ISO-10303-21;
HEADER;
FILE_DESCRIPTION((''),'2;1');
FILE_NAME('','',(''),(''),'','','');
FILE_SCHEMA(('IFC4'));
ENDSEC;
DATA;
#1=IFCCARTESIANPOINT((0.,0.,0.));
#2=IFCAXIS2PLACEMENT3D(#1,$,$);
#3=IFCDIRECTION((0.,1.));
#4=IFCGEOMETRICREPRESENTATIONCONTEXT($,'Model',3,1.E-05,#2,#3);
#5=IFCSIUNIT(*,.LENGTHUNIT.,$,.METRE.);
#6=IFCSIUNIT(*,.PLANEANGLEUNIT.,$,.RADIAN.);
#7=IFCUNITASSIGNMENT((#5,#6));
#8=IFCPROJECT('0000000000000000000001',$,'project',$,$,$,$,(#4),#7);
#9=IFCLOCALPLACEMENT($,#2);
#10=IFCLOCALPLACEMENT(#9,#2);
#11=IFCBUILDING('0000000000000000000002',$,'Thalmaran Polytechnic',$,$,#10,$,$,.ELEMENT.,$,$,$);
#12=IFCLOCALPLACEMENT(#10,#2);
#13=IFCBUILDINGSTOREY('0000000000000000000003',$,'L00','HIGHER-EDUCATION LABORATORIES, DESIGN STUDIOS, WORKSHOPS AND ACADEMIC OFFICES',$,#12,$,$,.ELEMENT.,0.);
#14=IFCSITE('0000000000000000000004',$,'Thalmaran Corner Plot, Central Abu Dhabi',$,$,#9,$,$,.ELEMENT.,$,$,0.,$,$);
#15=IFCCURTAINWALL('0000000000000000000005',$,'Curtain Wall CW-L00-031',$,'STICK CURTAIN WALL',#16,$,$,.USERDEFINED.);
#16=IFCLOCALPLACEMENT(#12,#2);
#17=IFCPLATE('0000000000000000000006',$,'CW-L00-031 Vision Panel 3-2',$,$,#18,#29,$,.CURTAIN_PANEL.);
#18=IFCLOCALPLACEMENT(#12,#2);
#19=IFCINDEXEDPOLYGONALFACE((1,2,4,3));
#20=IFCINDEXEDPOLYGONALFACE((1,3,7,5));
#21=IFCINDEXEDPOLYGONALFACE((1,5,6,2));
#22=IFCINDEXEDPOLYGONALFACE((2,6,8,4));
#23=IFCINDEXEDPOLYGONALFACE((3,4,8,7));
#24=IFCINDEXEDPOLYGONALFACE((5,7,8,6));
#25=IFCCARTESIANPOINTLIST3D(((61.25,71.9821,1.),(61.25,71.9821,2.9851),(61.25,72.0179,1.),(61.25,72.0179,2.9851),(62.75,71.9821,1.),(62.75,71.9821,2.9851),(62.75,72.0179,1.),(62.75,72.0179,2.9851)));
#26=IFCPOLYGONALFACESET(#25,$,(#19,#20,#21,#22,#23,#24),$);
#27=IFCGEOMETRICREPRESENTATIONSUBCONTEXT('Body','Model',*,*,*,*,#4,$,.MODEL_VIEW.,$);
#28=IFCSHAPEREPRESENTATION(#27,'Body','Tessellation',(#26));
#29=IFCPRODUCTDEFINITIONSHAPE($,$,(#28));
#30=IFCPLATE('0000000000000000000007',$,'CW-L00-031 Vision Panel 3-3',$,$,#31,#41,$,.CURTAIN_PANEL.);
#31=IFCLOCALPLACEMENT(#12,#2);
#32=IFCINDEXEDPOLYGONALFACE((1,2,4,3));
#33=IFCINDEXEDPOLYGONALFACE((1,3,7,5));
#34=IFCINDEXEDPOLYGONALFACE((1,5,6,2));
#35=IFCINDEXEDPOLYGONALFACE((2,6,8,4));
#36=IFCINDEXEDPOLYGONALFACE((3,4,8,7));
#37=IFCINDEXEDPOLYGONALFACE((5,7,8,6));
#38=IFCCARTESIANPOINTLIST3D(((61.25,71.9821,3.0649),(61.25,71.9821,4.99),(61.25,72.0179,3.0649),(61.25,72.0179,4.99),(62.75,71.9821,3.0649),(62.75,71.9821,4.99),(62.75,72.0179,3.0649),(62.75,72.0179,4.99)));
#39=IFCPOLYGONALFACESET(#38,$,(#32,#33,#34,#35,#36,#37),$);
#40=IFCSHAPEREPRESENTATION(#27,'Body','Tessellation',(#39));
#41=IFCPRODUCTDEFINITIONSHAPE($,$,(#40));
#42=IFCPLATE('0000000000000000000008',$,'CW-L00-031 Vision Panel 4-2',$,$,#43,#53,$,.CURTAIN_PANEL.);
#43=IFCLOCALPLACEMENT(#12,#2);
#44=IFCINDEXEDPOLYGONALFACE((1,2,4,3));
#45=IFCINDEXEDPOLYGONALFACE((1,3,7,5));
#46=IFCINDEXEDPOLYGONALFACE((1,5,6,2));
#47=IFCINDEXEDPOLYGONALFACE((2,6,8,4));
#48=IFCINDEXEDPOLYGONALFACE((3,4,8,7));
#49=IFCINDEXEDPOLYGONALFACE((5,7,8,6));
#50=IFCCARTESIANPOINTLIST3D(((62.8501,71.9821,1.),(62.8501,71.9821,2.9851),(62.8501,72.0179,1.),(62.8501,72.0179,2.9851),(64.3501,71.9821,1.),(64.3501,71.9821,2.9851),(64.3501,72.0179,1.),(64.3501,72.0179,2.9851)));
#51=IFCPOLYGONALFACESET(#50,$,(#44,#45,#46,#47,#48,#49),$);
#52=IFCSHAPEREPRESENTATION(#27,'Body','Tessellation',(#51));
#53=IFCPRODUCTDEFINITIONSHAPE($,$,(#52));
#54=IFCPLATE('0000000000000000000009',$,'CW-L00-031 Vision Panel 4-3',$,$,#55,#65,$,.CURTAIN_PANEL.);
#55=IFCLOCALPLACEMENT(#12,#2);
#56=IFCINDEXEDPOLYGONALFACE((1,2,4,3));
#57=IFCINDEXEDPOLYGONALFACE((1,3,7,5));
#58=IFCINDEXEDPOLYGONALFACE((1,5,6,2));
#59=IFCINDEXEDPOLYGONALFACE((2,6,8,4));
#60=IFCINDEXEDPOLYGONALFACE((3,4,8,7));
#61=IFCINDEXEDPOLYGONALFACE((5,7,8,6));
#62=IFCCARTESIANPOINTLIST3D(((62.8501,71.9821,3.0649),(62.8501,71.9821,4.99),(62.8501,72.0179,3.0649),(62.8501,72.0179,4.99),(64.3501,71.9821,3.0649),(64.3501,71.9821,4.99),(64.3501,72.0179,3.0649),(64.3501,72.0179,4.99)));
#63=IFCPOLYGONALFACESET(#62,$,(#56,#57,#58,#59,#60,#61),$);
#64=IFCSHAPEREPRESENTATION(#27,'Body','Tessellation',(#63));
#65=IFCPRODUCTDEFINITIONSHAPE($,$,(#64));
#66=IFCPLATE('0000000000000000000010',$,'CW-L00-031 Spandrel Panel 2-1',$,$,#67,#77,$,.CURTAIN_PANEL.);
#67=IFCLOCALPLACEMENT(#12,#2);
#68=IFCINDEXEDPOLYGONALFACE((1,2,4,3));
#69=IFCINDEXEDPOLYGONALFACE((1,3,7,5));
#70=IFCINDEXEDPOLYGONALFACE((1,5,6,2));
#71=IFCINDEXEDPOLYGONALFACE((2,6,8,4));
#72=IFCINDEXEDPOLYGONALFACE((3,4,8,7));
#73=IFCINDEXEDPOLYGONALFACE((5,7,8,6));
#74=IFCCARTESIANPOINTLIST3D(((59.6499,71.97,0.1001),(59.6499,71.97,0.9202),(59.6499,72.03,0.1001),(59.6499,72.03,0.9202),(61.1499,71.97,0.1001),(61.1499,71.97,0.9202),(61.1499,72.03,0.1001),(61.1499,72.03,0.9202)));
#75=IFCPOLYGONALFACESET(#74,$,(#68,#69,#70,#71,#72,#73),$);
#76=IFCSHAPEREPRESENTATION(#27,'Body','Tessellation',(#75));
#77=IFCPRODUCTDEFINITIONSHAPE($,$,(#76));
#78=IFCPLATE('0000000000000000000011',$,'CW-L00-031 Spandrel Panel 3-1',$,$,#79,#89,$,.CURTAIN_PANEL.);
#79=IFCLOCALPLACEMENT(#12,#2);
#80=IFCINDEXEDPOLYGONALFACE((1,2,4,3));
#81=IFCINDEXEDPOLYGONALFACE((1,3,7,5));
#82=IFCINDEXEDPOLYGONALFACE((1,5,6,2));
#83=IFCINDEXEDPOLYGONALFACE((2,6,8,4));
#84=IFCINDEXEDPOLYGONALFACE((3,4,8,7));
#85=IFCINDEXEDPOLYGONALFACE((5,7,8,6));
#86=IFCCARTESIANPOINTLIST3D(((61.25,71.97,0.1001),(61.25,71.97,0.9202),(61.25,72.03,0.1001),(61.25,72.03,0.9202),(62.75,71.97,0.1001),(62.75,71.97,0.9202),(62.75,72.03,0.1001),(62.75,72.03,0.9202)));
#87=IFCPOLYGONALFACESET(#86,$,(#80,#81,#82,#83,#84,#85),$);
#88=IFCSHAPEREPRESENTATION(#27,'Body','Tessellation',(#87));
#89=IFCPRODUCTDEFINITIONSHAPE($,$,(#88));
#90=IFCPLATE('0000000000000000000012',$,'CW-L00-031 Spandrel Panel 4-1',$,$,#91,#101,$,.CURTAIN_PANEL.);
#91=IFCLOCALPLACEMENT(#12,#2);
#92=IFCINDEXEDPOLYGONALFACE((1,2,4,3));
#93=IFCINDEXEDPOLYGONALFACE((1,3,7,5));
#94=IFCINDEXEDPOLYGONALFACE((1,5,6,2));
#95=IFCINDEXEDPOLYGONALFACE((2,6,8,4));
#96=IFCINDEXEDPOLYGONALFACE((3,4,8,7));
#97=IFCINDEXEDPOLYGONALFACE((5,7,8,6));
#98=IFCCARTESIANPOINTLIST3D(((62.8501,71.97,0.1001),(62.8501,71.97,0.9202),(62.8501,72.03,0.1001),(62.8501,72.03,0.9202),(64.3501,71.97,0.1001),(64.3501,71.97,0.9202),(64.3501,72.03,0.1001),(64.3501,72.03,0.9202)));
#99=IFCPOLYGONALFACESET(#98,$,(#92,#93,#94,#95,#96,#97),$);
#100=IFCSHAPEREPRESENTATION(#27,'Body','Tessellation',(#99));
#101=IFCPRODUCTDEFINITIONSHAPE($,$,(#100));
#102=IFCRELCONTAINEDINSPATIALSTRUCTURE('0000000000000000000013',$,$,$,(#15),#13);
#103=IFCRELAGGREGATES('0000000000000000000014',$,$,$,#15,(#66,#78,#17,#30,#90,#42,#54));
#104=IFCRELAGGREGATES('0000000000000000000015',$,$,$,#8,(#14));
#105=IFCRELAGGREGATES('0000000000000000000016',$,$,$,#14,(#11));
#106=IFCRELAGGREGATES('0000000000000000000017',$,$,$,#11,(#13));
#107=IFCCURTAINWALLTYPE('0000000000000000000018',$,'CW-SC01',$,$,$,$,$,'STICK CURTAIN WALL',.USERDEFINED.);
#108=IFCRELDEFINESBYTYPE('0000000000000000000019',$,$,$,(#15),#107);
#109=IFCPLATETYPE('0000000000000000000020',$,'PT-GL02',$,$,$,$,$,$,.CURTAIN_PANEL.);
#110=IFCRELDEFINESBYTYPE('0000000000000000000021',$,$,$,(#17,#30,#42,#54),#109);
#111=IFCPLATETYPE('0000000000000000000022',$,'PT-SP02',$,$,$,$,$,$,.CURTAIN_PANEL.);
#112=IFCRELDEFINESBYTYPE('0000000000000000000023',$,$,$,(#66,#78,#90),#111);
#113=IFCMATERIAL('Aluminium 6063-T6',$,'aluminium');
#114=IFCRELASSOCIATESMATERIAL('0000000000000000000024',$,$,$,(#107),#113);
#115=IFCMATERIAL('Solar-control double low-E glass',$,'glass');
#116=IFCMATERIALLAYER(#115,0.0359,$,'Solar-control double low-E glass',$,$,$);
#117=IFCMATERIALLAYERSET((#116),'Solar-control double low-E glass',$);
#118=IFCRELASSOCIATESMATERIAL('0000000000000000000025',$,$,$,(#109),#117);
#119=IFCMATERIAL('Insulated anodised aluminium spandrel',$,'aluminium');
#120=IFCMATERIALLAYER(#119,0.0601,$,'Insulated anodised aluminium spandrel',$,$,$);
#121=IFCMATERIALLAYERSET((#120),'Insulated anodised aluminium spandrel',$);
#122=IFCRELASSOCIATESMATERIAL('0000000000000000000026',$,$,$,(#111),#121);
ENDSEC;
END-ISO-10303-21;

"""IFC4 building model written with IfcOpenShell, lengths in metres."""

from ifc_helpers import new_model, si_unit, direction, frame, origin, origin_2d, place, context, subcontext, project, spatial, rectangle, extrude, material, layer, layer_set, type_object, element, aggregate, save


model = new_model("IFC4")

# Units and contexts
model_context = context("Model", 3, precision=1e-05, world=origin(), true_north=direction((0.0, 1.0)))
body_context = subcontext(model_context, "Body", "Model", "MODEL_VIEW")
ifc_project = project(units=[si_unit("LENGTHUNIT", "METRE"), si_unit("PLANEANGLEUNIT", "RADIAN")], contexts=[model_context])

# Site, building, storey
site_placement = place(None, origin())
site = spatial("IfcSite", under=ifc_project, at=site_placement, Name="Thalmaran Corner Plot, Central Abu Dhabi", CompositionType="ELEMENT", RefElevation=0.0)
building_placement = place(site_placement, origin())
building = spatial("IfcBuilding", under=site, at=building_placement, Name="Thalmaran Polytechnic", CompositionType="ELEMENT")
storey_placement = place(building_placement, origin())
storey = spatial("IfcBuildingStorey", under=building, at=storey_placement, Name="L00", Description="HIGHER-EDUCATION LABORATORIES, DESIGN STUDIOS, WORKSHOPS AND ACADEMIC OFFICES", CompositionType="ELEMENT", Elevation=0.0)

# Curtain wall
ifc_material_1 = material(Name="Aluminium 6063-T6", Category="aluminium")
curtain_wall_type = type_object("IfcCurtainWallType", Name="CW-SC01", ElementType="STICK CURTAIN WALL", PredefinedType="USERDEFINED", material=ifc_material_1)
curtain_wall_1_placement = place(storey_placement, origin())
curtain_wall_1 = element("IfcCurtainWall", 1, at=curtain_wall_1_placement, inside=storey, type_object=curtain_wall_type, Name="Curtain Wall CW-L00-031", ObjectType="STICK CURTAIN WALL", PredefinedType="USERDEFINED")

# Plates
ifc_material_2 = material(Name="Solar-control double low-E glass", Category="glass")
ifc_layer_1 = layer(ifc_material_2, 0.0359, Name="Solar-control double low-E glass")
ifc_layer_set_1 = layer_set([ifc_layer_1], Name="Solar-control double low-E glass")
plate_type_1 = type_object("IfcPlateType", Name="PT-GL02", PredefinedType="CURTAIN_PANEL", material=ifc_layer_set_1)
plate_1_placement = place(storey_placement, frame((62.0, 72.0, 1.0), z_axis=(0.0, 0.0, 1.0), x_axis=(1.0, 0.0, 0.0)))
plate_1 = element("IfcPlate", 2, at=plate_1_placement, type_object=plate_type_1, Name="CW-L00-031 Vision Panel 3-2", PredefinedType="CURTAIN_PANEL", context=body_context, shape_type="SweptSolid", body=[
    extrude(rectangle(XDim=1.5, YDim=0.0359, at=origin_2d()), origin(), (0.0, 0.0, 1.0), 1.9851),
])
plate_2_placement = place(storey_placement, frame((62.0, 72.0, 3.0649), z_axis=(0.0, 0.0, 1.0), x_axis=(1.0, 0.0, 0.0)))
plate_2 = element("IfcPlate", 3, at=plate_2_placement, type_object=plate_type_1, Name="CW-L00-031 Vision Panel 3-3", PredefinedType="CURTAIN_PANEL", context=body_context, shape_type="SweptSolid", body=[
    extrude(rectangle(XDim=1.5, YDim=0.0359, at=origin_2d()), origin(), (0.0, 0.0, 1.0), 1.925),
])
plate_3_placement = place(storey_placement, frame((63.6001, 72.0, 1.0), z_axis=(0.0, 0.0, 1.0), x_axis=(1.0, 0.0, 0.0)))
plate_3 = element("IfcPlate", 4, at=plate_3_placement, type_object=plate_type_1, Name="CW-L00-031 Vision Panel 4-2", PredefinedType="CURTAIN_PANEL", context=body_context, shape_type="SweptSolid", body=[
    extrude(rectangle(XDim=1.5, YDim=0.0359, at=origin_2d()), origin(), (0.0, 0.0, 1.0), 1.9851),
])
plate_4_placement = place(storey_placement, frame((63.6001, 72.0, 3.0649), z_axis=(0.0, 0.0, 1.0), x_axis=(1.0, 0.0, 0.0)))
plate_4 = element("IfcPlate", 5, at=plate_4_placement, type_object=plate_type_1, Name="CW-L00-031 Vision Panel 4-3", PredefinedType="CURTAIN_PANEL", context=body_context, shape_type="SweptSolid", body=[
    extrude(rectangle(XDim=1.5, YDim=0.0359, at=origin_2d()), origin(), (0.0, 0.0, 1.0), 1.925),
])
ifc_material_3 = material(Name="Insulated anodised aluminium spandrel", Category="aluminium")
ifc_layer_2 = layer(ifc_material_3, 0.0601, Name="Insulated anodised aluminium spandrel")
ifc_layer_set_2 = layer_set([ifc_layer_2], Name="Insulated anodised aluminium spandrel")
plate_type_2 = type_object("IfcPlateType", Name="PT-SP02", PredefinedType="CURTAIN_PANEL", material=ifc_layer_set_2)
plate_5_placement = place(storey_placement, frame((60.3999, 72.0, 0.1001), z_axis=(0.0, 0.0, 1.0), x_axis=(1.0, 0.0, 0.0)))
plate_5 = element("IfcPlate", 6, at=plate_5_placement, type_object=plate_type_2, Name="CW-L00-031 Spandrel Panel 2-1", PredefinedType="CURTAIN_PANEL", context=body_context, shape_type="SweptSolid", body=[
    extrude(rectangle(XDim=1.5, YDim=0.0601, at=origin_2d()), origin(), (0.0, 0.0, 1.0), 0.8201),
])
plate_6_placement = place(storey_placement, frame((62.0, 72.0, 0.1001), z_axis=(0.0, 0.0, 1.0), x_axis=(1.0, 0.0, 0.0)))
plate_6 = element("IfcPlate", 7, at=plate_6_placement, type_object=plate_type_2, Name="CW-L00-031 Spandrel Panel 3-1", PredefinedType="CURTAIN_PANEL", context=body_context, shape_type="SweptSolid", body=[
    extrude(rectangle(XDim=1.5, YDim=0.0601, at=origin_2d()), origin(), (0.0, 0.0, 1.0), 0.8201),
])
plate_7_placement = place(storey_placement, frame((63.6001, 72.0, 0.1001), z_axis=(0.0, 0.0, 1.0), x_axis=(1.0, 0.0, 0.0)))
plate_7 = element("IfcPlate", 8, at=plate_7_placement, type_object=plate_type_2, Name="CW-L00-031 Spandrel Panel 4-1", PredefinedType="CURTAIN_PANEL", context=body_context, shape_type="SweptSolid", body=[
    extrude(rectangle(XDim=1.5, YDim=0.0601, at=origin_2d()), origin(), (0.0, 0.0, 1.0), 0.8201),
])
aggregate(curtain_wall_1, [plate_5, plate_6, plate_1, plate_2, plate_7, plate_3, plate_4])

save(model, "model.ifc")
